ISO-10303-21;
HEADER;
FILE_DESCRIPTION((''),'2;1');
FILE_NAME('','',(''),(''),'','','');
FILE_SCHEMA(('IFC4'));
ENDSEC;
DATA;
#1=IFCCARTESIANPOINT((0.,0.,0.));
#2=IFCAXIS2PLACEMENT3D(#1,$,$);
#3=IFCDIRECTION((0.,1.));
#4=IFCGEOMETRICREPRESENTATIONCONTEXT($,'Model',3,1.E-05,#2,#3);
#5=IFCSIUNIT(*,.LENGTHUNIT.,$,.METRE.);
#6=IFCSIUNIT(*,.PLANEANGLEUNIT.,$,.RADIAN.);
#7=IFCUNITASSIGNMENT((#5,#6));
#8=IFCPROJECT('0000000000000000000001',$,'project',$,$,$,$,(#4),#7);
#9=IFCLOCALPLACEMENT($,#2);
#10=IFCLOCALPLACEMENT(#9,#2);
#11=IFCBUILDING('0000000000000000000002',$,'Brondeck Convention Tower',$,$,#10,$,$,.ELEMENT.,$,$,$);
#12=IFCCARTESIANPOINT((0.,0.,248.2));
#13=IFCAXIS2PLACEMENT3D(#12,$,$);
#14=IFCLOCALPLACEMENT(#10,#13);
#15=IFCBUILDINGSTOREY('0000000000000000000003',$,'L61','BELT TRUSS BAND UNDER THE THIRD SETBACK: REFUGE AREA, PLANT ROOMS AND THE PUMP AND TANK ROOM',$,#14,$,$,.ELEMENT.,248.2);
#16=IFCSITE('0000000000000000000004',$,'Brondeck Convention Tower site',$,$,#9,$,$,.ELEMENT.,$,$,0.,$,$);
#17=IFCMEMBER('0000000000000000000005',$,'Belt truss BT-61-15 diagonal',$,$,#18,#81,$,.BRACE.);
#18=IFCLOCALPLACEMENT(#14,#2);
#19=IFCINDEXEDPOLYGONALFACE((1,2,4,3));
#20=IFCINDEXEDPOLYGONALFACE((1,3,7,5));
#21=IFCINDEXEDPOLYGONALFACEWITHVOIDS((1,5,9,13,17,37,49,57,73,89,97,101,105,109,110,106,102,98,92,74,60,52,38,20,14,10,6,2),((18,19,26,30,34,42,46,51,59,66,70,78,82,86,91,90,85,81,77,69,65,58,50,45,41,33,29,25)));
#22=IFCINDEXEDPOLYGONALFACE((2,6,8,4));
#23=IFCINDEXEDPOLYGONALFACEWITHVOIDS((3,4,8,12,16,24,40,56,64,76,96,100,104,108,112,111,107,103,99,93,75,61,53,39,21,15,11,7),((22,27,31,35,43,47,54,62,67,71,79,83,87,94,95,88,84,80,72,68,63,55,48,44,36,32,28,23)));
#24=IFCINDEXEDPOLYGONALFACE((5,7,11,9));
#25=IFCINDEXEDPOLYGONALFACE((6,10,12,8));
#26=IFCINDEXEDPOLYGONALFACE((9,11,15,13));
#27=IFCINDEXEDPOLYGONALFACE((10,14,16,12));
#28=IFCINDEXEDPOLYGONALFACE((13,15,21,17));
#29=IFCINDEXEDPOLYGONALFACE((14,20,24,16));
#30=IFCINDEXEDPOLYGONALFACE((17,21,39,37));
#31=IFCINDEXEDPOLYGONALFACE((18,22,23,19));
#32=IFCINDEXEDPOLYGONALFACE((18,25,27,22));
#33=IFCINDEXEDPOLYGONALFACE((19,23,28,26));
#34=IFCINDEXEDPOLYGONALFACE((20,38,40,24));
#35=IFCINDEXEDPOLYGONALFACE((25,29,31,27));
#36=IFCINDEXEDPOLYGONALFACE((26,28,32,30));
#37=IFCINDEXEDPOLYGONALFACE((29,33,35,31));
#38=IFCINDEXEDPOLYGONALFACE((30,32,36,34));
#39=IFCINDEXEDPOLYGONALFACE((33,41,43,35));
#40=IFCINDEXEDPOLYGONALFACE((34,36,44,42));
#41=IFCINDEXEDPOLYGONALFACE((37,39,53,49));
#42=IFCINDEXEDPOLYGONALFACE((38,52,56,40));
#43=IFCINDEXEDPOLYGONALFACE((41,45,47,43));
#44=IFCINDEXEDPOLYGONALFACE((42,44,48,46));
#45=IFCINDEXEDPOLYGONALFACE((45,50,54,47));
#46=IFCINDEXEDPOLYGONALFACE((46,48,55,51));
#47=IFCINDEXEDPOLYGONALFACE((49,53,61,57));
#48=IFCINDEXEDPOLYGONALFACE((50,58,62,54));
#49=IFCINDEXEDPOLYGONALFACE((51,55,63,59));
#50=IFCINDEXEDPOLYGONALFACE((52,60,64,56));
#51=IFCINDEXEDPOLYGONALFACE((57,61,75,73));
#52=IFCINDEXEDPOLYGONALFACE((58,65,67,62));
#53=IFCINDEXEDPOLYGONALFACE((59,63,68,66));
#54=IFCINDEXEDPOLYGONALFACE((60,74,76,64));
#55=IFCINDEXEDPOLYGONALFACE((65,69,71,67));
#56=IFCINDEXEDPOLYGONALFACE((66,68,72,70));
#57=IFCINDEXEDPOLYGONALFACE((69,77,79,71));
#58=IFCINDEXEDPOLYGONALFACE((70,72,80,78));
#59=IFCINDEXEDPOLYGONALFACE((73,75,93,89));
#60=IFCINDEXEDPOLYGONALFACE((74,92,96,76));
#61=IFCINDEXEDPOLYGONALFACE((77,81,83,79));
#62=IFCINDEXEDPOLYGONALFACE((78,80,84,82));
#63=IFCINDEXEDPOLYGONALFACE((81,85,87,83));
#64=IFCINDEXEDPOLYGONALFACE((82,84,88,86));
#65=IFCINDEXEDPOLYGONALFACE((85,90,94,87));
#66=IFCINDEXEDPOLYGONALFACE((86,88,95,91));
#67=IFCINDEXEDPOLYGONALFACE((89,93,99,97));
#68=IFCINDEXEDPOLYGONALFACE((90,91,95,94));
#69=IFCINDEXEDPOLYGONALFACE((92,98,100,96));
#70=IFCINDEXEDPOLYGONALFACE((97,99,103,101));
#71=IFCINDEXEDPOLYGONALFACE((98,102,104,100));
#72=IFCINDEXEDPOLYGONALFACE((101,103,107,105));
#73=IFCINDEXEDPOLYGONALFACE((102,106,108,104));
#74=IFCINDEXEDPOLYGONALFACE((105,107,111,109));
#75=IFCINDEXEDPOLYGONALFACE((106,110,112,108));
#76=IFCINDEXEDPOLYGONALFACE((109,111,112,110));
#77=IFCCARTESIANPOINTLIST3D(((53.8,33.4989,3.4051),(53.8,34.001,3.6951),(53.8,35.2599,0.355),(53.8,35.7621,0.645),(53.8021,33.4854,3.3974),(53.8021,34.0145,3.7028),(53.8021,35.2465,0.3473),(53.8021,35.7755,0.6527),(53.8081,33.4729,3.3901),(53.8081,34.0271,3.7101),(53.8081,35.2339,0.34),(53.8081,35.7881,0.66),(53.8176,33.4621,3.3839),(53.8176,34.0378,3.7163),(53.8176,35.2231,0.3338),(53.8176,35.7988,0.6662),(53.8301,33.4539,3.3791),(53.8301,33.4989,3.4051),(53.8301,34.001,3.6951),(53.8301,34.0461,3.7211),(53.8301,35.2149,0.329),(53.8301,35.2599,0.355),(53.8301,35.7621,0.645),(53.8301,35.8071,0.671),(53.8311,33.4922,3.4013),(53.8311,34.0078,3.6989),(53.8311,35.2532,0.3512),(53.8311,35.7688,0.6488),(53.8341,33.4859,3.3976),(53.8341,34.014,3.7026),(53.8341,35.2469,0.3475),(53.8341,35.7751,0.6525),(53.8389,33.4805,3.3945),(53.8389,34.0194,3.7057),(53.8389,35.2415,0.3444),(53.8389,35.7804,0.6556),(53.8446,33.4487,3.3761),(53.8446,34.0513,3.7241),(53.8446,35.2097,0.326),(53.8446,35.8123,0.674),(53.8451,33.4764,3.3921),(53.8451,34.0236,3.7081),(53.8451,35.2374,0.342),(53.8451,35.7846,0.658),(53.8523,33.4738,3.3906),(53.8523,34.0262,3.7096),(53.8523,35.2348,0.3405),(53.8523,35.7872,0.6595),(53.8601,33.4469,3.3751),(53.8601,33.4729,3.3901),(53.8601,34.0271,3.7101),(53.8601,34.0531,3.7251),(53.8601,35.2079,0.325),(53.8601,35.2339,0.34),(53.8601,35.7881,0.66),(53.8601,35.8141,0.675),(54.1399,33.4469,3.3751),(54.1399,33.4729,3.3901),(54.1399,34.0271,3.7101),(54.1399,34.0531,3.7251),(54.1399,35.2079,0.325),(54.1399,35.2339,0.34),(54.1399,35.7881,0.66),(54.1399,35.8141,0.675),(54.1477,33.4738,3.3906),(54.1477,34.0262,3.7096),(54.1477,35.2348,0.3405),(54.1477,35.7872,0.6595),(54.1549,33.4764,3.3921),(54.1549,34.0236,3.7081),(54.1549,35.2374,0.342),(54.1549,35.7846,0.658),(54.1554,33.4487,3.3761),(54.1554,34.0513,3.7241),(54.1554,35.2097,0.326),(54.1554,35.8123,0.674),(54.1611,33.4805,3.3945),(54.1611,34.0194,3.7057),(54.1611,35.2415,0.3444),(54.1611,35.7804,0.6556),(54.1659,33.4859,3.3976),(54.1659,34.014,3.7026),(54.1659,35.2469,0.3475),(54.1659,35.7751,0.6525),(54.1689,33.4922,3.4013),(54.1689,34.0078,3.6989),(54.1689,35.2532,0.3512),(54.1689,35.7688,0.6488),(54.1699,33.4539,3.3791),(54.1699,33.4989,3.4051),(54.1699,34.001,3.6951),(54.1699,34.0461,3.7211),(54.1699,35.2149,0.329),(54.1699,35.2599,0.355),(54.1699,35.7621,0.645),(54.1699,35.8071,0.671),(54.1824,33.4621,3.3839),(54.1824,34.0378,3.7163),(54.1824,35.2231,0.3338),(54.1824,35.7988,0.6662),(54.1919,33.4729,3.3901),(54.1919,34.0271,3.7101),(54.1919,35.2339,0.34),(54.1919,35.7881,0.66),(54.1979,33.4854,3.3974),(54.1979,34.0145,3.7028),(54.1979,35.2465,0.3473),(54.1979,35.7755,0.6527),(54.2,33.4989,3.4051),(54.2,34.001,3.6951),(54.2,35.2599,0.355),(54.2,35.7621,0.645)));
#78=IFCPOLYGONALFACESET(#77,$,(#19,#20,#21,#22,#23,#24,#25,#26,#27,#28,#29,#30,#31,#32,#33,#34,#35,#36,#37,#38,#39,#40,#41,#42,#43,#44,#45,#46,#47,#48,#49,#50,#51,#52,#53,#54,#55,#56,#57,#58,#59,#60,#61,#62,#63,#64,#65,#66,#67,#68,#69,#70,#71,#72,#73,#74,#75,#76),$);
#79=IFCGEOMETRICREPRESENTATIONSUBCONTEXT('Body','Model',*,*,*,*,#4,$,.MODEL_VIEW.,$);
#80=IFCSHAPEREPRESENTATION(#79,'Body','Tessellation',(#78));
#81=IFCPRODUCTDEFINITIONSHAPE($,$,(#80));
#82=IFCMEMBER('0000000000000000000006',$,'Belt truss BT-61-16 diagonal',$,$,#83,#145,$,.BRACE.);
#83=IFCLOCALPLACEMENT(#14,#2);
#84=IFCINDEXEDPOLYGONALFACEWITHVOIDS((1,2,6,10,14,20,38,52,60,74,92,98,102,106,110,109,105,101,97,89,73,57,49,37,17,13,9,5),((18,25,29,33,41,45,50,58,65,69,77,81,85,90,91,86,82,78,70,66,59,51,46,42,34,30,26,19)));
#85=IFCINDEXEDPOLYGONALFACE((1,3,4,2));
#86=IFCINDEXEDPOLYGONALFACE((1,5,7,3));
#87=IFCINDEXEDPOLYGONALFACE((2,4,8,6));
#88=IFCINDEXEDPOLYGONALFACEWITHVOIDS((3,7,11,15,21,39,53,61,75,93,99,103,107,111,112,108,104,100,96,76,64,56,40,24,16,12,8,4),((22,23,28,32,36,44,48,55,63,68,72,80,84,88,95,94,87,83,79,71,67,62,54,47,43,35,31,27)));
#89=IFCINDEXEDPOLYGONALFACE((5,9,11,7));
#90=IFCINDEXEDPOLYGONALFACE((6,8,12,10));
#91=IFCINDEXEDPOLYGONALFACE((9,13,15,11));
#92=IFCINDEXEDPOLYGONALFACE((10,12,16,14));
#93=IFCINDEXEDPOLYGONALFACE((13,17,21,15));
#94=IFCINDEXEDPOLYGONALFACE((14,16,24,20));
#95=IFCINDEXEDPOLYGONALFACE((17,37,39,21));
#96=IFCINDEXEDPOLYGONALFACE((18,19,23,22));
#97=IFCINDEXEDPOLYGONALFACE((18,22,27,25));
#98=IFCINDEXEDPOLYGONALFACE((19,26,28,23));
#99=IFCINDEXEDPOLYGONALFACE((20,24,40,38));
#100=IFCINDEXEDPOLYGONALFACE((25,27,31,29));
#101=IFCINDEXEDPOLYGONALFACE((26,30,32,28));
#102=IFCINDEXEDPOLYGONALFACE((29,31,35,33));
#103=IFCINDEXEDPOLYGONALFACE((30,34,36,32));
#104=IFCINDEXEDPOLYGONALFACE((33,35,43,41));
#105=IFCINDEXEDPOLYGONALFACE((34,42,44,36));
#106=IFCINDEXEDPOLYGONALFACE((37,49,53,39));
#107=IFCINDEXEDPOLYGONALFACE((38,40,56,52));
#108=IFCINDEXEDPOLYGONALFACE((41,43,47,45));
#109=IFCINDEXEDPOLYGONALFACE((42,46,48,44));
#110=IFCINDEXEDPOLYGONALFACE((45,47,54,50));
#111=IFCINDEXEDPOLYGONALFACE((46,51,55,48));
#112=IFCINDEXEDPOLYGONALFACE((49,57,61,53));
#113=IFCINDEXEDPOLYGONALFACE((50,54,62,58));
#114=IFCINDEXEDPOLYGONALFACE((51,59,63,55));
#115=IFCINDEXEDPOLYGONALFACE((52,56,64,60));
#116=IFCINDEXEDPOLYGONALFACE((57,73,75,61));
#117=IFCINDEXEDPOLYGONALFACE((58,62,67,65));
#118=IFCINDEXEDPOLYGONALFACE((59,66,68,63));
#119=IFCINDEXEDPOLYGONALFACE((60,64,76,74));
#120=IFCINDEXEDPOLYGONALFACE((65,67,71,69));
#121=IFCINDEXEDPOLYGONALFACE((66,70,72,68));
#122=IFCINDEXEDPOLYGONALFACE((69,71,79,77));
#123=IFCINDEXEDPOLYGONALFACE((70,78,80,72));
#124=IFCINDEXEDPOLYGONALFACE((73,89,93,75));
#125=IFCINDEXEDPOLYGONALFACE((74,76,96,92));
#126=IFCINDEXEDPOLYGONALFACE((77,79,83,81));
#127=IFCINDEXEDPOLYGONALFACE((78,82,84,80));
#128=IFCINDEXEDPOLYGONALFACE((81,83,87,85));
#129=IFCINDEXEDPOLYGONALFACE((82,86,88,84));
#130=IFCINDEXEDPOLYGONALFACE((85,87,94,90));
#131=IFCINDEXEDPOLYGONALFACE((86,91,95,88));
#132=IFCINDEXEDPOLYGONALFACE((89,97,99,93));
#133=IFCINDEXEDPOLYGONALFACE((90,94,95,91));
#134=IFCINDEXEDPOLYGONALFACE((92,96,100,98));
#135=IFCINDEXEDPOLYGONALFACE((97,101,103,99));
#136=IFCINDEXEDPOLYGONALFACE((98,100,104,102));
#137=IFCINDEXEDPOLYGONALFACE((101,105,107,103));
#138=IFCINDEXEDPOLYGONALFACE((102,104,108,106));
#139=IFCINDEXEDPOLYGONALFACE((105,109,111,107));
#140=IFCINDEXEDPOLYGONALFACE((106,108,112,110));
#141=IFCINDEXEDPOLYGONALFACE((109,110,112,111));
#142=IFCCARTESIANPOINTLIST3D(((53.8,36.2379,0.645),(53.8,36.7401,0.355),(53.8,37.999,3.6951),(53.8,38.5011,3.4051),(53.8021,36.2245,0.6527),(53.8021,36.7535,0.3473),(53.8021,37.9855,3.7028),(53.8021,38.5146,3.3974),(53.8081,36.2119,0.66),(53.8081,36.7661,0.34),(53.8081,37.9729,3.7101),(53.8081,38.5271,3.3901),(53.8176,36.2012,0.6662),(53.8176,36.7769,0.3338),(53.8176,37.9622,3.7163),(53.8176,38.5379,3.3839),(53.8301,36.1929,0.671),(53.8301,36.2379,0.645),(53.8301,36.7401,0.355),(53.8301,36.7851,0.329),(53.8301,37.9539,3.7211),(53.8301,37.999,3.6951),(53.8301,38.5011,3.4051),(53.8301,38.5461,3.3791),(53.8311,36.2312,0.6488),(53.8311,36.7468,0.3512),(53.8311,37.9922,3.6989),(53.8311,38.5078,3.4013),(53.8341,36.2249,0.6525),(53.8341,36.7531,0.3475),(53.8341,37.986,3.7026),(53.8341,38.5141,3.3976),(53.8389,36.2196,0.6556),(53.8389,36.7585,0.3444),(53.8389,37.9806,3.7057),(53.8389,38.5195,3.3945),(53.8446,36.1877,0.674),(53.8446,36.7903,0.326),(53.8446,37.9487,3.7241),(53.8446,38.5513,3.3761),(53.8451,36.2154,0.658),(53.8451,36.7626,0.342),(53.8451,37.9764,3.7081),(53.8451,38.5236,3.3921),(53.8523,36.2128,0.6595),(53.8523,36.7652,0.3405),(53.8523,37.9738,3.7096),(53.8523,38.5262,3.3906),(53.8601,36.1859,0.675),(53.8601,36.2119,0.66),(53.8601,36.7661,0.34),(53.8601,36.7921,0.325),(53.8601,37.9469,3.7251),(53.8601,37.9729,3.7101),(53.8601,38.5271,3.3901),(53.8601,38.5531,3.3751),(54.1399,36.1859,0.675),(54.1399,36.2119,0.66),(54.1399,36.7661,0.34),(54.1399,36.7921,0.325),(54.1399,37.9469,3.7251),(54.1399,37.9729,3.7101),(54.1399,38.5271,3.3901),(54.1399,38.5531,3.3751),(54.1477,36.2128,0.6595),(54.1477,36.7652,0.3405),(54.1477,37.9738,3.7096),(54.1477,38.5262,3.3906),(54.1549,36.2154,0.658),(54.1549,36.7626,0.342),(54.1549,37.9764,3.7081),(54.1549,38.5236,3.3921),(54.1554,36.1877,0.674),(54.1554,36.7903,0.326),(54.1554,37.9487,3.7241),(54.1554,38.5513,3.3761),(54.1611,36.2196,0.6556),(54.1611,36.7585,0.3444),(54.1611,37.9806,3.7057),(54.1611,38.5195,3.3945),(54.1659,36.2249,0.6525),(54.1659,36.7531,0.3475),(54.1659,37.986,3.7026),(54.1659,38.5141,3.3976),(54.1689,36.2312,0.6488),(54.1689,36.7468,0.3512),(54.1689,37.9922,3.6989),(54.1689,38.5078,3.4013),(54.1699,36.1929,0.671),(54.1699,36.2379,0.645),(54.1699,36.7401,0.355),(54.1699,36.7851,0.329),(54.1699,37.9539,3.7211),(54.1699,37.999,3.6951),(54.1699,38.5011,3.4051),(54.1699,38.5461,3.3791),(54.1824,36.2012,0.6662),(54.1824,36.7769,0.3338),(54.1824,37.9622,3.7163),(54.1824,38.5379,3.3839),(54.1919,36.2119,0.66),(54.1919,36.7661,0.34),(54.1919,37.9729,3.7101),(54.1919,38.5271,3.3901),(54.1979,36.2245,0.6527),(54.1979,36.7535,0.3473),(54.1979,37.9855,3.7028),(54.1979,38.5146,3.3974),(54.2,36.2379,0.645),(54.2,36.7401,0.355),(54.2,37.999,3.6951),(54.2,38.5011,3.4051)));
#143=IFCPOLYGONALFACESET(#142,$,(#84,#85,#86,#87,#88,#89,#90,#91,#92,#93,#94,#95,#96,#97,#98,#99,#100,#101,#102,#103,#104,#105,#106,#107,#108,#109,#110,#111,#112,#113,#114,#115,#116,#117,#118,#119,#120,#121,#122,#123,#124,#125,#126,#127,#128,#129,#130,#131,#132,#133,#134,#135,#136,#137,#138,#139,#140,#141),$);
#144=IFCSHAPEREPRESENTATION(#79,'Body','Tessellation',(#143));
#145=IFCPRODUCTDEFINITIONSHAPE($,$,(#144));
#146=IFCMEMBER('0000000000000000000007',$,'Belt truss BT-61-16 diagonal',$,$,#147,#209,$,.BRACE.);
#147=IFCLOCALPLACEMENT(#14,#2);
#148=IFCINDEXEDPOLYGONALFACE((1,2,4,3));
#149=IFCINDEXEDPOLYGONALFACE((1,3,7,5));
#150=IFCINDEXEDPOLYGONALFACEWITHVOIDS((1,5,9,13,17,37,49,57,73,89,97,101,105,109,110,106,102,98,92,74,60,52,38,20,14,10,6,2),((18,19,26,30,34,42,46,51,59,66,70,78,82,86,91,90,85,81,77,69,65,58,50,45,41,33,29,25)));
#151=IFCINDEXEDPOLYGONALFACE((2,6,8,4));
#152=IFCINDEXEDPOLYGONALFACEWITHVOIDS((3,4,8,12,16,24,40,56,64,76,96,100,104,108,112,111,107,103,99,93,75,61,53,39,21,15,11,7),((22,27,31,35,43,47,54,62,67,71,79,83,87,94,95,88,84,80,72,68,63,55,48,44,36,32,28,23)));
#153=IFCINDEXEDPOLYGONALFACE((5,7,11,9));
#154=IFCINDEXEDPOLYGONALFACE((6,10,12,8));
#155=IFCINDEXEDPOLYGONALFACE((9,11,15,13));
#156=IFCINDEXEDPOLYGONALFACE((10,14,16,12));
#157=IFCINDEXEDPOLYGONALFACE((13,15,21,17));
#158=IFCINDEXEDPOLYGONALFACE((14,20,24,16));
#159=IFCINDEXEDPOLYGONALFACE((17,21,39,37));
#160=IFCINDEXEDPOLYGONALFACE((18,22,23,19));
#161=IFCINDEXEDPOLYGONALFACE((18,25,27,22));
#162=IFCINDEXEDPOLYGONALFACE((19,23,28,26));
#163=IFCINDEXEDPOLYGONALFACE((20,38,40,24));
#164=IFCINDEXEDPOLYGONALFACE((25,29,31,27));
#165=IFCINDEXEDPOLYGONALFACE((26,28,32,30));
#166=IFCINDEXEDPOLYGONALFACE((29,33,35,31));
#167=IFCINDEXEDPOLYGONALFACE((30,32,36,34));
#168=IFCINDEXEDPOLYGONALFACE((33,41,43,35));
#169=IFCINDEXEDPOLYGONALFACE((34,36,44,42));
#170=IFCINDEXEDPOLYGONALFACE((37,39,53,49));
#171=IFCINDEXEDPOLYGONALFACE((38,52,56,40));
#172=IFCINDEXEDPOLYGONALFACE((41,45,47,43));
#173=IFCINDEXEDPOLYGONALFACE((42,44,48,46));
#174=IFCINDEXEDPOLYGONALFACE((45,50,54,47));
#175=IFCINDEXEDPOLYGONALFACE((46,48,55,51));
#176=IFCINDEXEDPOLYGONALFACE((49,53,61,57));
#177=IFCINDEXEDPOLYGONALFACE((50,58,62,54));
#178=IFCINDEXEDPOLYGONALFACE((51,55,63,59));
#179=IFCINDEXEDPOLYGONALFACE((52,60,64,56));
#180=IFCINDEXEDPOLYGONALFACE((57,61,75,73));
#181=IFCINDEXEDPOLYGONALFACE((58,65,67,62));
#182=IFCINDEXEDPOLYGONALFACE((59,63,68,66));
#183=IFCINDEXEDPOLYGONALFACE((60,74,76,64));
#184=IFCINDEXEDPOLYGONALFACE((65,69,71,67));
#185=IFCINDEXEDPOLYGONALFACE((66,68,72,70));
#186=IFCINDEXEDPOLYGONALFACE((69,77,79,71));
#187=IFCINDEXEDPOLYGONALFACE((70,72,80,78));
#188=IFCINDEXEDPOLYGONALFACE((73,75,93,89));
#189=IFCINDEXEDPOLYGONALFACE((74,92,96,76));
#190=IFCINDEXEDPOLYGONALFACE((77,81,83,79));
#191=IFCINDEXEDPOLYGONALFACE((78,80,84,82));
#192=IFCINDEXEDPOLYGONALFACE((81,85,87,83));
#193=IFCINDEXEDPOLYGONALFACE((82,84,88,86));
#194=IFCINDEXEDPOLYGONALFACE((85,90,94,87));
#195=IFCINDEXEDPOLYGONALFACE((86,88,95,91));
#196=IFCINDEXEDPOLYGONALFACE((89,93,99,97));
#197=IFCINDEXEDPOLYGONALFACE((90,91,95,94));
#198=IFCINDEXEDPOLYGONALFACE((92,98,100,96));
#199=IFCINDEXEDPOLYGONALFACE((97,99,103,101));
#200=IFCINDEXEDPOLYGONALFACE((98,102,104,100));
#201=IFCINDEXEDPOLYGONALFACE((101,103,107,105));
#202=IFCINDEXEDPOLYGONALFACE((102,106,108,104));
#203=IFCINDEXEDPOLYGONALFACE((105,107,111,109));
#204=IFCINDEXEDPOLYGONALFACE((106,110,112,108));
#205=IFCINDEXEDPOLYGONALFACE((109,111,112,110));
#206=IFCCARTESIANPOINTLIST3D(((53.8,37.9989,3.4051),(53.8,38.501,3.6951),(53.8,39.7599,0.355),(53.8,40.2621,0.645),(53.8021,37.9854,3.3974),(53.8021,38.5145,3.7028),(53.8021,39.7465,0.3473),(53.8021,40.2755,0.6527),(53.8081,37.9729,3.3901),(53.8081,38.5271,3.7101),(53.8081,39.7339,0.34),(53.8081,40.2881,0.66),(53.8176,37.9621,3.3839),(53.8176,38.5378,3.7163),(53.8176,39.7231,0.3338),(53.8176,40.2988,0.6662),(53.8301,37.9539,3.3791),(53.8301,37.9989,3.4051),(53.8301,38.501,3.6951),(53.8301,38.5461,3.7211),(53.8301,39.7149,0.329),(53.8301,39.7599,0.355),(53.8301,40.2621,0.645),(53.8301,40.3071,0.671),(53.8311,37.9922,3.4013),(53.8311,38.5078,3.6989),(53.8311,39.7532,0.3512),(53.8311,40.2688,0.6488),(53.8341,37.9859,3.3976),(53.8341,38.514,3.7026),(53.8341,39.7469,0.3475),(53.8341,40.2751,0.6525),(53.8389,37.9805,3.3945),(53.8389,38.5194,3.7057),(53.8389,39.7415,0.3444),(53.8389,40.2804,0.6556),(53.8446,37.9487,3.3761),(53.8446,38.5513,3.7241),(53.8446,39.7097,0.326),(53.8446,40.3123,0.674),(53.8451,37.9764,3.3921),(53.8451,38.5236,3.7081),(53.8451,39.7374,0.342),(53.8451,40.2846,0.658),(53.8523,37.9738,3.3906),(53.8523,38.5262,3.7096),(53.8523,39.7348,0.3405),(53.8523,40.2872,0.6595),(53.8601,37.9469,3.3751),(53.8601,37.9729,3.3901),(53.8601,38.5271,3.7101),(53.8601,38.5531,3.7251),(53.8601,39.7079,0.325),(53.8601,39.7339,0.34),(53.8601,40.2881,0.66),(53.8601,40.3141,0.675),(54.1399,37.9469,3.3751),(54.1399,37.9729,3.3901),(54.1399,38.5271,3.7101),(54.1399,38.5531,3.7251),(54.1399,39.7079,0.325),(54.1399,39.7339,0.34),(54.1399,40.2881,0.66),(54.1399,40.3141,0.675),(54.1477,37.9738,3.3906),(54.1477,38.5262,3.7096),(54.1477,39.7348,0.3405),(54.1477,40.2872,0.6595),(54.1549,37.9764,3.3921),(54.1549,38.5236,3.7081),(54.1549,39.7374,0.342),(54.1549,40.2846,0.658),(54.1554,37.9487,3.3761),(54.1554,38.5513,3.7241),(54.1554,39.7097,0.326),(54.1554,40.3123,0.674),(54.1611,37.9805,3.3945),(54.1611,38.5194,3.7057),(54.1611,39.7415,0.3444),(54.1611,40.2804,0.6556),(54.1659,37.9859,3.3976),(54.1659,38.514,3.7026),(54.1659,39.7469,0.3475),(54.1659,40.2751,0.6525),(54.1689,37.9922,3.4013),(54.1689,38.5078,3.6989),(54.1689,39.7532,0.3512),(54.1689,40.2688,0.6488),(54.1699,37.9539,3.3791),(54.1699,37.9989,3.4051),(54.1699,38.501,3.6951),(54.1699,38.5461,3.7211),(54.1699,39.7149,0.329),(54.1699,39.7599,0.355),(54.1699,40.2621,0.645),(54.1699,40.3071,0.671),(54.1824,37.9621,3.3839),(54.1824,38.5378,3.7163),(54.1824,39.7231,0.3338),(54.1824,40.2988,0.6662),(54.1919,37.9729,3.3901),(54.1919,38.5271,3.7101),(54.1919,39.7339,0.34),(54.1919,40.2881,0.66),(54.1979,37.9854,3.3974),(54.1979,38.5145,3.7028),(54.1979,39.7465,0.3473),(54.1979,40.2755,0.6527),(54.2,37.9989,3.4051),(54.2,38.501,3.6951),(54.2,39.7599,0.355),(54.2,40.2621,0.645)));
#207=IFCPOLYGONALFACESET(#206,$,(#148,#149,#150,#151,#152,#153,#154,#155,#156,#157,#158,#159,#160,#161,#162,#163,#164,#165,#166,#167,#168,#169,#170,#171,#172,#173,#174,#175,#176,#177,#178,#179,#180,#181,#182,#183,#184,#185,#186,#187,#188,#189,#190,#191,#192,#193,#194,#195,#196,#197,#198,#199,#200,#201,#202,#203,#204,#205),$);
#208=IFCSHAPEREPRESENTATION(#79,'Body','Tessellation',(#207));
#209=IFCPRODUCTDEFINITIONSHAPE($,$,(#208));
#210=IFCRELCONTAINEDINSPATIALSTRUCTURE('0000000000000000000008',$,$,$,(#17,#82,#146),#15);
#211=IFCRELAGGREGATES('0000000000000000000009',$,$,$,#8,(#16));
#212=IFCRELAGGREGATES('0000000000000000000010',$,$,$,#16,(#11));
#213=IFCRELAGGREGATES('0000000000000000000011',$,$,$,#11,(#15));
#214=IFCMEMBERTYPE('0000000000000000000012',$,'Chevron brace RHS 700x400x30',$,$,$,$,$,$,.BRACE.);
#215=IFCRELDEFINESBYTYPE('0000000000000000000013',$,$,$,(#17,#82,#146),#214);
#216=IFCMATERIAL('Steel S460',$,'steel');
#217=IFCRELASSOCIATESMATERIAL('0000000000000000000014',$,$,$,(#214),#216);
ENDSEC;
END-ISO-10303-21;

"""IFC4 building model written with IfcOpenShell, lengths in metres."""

from ifc_helpers import new_model, si_unit, direction, frame, origin, origin_2d, place, context, subcontext, project, spatial, hollow_rectangle, extrude, material, material_profile, profile_set, type_object, element, save


model = new_model("IFC4")

# Units and contexts
model_context = context("Model", 3, precision=1e-05, world=origin(), true_north=direction((0.0, 1.0)))
body_context = subcontext(model_context, "Body", "Model", "MODEL_VIEW")
ifc_project = project(units=[si_unit("LENGTHUNIT", "METRE"), si_unit("PLANEANGLEUNIT", "RADIAN")], contexts=[model_context])

# Site, building, storey
site_placement = place(None, origin())
site = spatial("IfcSite", under=ifc_project, at=site_placement, Name="Brondeck Convention Tower site", CompositionType="ELEMENT", RefElevation=0.0)
building_placement = place(site_placement, origin())
building = spatial("IfcBuilding", under=site, at=building_placement, Name="Brondeck Convention Tower", CompositionType="ELEMENT")
storey_placement = place(building_placement, frame((0.0, 0.0, 248.2)))
storey = spatial("IfcBuildingStorey", under=building, at=storey_placement, Name="L61", Description="BELT TRUSS BAND UNDER THE THIRD SETBACK: REFUGE AREA, PLANT ROOMS AND THE PUMP AND TANK ROOM", CompositionType="ELEMENT", Elevation=248.2)

# Members
ifc_material_1 = material(Name="Steel S460", Category="steel")
ifc_material_profile_1 = material_profile(ifc_material_1, hollow_rectangle(XDim=0.3999, YDim=0.7, WallThickness=0.03, InnerFilletRadius=0.03, OuterFilletRadius=0.0601, at=origin_2d()), Name="RHS 700x400x30")
ifc_profile_set_1 = profile_set([ifc_material_profile_1], Name="Steel S460")
member_type_1 = type_object("IfcMemberType", Name="Chevron brace RHS 700x400x30", PredefinedType="BRACE", material=ifc_profile_set_1)
for number, where, z_axis, x_axis, name in (
    (1, (54.0, 35.511, 0.5), (0.0, -0.500008, 0.866021), (1.0, 0.0, 0.0), "Belt truss BT-61-15 diagonal"),
    (2, (54.0, 36.489, 0.5), (0.0, 0.500008, 0.866021), (-1.0, 0.0, 0.0), "Belt truss BT-61-16 diagonal"),
    (3, (54.0, 40.011, 0.5), (0.0, -0.500008, 0.866021), (1.0, 0.0, 0.0), "Belt truss BT-61-16 diagonal"),
):
    element("IfcMember", number, at=place(storey_placement, frame(where, z_axis=z_axis, x_axis=x_axis)), inside=storey, type_object=member_type_1, Name=name, PredefinedType="BRACE", context=body_context, shape_type="SweptSolid", body=[
        extrude(hollow_rectangle(XDim=0.3999, YDim=0.7, WallThickness=0.03, InnerFilletRadius=0.03, OuterFilletRadius=0.0601, at=origin_2d()), origin(), (0.0, 0.0, 1.0), 3.522),
    ])

save(model, "model.ifc")
